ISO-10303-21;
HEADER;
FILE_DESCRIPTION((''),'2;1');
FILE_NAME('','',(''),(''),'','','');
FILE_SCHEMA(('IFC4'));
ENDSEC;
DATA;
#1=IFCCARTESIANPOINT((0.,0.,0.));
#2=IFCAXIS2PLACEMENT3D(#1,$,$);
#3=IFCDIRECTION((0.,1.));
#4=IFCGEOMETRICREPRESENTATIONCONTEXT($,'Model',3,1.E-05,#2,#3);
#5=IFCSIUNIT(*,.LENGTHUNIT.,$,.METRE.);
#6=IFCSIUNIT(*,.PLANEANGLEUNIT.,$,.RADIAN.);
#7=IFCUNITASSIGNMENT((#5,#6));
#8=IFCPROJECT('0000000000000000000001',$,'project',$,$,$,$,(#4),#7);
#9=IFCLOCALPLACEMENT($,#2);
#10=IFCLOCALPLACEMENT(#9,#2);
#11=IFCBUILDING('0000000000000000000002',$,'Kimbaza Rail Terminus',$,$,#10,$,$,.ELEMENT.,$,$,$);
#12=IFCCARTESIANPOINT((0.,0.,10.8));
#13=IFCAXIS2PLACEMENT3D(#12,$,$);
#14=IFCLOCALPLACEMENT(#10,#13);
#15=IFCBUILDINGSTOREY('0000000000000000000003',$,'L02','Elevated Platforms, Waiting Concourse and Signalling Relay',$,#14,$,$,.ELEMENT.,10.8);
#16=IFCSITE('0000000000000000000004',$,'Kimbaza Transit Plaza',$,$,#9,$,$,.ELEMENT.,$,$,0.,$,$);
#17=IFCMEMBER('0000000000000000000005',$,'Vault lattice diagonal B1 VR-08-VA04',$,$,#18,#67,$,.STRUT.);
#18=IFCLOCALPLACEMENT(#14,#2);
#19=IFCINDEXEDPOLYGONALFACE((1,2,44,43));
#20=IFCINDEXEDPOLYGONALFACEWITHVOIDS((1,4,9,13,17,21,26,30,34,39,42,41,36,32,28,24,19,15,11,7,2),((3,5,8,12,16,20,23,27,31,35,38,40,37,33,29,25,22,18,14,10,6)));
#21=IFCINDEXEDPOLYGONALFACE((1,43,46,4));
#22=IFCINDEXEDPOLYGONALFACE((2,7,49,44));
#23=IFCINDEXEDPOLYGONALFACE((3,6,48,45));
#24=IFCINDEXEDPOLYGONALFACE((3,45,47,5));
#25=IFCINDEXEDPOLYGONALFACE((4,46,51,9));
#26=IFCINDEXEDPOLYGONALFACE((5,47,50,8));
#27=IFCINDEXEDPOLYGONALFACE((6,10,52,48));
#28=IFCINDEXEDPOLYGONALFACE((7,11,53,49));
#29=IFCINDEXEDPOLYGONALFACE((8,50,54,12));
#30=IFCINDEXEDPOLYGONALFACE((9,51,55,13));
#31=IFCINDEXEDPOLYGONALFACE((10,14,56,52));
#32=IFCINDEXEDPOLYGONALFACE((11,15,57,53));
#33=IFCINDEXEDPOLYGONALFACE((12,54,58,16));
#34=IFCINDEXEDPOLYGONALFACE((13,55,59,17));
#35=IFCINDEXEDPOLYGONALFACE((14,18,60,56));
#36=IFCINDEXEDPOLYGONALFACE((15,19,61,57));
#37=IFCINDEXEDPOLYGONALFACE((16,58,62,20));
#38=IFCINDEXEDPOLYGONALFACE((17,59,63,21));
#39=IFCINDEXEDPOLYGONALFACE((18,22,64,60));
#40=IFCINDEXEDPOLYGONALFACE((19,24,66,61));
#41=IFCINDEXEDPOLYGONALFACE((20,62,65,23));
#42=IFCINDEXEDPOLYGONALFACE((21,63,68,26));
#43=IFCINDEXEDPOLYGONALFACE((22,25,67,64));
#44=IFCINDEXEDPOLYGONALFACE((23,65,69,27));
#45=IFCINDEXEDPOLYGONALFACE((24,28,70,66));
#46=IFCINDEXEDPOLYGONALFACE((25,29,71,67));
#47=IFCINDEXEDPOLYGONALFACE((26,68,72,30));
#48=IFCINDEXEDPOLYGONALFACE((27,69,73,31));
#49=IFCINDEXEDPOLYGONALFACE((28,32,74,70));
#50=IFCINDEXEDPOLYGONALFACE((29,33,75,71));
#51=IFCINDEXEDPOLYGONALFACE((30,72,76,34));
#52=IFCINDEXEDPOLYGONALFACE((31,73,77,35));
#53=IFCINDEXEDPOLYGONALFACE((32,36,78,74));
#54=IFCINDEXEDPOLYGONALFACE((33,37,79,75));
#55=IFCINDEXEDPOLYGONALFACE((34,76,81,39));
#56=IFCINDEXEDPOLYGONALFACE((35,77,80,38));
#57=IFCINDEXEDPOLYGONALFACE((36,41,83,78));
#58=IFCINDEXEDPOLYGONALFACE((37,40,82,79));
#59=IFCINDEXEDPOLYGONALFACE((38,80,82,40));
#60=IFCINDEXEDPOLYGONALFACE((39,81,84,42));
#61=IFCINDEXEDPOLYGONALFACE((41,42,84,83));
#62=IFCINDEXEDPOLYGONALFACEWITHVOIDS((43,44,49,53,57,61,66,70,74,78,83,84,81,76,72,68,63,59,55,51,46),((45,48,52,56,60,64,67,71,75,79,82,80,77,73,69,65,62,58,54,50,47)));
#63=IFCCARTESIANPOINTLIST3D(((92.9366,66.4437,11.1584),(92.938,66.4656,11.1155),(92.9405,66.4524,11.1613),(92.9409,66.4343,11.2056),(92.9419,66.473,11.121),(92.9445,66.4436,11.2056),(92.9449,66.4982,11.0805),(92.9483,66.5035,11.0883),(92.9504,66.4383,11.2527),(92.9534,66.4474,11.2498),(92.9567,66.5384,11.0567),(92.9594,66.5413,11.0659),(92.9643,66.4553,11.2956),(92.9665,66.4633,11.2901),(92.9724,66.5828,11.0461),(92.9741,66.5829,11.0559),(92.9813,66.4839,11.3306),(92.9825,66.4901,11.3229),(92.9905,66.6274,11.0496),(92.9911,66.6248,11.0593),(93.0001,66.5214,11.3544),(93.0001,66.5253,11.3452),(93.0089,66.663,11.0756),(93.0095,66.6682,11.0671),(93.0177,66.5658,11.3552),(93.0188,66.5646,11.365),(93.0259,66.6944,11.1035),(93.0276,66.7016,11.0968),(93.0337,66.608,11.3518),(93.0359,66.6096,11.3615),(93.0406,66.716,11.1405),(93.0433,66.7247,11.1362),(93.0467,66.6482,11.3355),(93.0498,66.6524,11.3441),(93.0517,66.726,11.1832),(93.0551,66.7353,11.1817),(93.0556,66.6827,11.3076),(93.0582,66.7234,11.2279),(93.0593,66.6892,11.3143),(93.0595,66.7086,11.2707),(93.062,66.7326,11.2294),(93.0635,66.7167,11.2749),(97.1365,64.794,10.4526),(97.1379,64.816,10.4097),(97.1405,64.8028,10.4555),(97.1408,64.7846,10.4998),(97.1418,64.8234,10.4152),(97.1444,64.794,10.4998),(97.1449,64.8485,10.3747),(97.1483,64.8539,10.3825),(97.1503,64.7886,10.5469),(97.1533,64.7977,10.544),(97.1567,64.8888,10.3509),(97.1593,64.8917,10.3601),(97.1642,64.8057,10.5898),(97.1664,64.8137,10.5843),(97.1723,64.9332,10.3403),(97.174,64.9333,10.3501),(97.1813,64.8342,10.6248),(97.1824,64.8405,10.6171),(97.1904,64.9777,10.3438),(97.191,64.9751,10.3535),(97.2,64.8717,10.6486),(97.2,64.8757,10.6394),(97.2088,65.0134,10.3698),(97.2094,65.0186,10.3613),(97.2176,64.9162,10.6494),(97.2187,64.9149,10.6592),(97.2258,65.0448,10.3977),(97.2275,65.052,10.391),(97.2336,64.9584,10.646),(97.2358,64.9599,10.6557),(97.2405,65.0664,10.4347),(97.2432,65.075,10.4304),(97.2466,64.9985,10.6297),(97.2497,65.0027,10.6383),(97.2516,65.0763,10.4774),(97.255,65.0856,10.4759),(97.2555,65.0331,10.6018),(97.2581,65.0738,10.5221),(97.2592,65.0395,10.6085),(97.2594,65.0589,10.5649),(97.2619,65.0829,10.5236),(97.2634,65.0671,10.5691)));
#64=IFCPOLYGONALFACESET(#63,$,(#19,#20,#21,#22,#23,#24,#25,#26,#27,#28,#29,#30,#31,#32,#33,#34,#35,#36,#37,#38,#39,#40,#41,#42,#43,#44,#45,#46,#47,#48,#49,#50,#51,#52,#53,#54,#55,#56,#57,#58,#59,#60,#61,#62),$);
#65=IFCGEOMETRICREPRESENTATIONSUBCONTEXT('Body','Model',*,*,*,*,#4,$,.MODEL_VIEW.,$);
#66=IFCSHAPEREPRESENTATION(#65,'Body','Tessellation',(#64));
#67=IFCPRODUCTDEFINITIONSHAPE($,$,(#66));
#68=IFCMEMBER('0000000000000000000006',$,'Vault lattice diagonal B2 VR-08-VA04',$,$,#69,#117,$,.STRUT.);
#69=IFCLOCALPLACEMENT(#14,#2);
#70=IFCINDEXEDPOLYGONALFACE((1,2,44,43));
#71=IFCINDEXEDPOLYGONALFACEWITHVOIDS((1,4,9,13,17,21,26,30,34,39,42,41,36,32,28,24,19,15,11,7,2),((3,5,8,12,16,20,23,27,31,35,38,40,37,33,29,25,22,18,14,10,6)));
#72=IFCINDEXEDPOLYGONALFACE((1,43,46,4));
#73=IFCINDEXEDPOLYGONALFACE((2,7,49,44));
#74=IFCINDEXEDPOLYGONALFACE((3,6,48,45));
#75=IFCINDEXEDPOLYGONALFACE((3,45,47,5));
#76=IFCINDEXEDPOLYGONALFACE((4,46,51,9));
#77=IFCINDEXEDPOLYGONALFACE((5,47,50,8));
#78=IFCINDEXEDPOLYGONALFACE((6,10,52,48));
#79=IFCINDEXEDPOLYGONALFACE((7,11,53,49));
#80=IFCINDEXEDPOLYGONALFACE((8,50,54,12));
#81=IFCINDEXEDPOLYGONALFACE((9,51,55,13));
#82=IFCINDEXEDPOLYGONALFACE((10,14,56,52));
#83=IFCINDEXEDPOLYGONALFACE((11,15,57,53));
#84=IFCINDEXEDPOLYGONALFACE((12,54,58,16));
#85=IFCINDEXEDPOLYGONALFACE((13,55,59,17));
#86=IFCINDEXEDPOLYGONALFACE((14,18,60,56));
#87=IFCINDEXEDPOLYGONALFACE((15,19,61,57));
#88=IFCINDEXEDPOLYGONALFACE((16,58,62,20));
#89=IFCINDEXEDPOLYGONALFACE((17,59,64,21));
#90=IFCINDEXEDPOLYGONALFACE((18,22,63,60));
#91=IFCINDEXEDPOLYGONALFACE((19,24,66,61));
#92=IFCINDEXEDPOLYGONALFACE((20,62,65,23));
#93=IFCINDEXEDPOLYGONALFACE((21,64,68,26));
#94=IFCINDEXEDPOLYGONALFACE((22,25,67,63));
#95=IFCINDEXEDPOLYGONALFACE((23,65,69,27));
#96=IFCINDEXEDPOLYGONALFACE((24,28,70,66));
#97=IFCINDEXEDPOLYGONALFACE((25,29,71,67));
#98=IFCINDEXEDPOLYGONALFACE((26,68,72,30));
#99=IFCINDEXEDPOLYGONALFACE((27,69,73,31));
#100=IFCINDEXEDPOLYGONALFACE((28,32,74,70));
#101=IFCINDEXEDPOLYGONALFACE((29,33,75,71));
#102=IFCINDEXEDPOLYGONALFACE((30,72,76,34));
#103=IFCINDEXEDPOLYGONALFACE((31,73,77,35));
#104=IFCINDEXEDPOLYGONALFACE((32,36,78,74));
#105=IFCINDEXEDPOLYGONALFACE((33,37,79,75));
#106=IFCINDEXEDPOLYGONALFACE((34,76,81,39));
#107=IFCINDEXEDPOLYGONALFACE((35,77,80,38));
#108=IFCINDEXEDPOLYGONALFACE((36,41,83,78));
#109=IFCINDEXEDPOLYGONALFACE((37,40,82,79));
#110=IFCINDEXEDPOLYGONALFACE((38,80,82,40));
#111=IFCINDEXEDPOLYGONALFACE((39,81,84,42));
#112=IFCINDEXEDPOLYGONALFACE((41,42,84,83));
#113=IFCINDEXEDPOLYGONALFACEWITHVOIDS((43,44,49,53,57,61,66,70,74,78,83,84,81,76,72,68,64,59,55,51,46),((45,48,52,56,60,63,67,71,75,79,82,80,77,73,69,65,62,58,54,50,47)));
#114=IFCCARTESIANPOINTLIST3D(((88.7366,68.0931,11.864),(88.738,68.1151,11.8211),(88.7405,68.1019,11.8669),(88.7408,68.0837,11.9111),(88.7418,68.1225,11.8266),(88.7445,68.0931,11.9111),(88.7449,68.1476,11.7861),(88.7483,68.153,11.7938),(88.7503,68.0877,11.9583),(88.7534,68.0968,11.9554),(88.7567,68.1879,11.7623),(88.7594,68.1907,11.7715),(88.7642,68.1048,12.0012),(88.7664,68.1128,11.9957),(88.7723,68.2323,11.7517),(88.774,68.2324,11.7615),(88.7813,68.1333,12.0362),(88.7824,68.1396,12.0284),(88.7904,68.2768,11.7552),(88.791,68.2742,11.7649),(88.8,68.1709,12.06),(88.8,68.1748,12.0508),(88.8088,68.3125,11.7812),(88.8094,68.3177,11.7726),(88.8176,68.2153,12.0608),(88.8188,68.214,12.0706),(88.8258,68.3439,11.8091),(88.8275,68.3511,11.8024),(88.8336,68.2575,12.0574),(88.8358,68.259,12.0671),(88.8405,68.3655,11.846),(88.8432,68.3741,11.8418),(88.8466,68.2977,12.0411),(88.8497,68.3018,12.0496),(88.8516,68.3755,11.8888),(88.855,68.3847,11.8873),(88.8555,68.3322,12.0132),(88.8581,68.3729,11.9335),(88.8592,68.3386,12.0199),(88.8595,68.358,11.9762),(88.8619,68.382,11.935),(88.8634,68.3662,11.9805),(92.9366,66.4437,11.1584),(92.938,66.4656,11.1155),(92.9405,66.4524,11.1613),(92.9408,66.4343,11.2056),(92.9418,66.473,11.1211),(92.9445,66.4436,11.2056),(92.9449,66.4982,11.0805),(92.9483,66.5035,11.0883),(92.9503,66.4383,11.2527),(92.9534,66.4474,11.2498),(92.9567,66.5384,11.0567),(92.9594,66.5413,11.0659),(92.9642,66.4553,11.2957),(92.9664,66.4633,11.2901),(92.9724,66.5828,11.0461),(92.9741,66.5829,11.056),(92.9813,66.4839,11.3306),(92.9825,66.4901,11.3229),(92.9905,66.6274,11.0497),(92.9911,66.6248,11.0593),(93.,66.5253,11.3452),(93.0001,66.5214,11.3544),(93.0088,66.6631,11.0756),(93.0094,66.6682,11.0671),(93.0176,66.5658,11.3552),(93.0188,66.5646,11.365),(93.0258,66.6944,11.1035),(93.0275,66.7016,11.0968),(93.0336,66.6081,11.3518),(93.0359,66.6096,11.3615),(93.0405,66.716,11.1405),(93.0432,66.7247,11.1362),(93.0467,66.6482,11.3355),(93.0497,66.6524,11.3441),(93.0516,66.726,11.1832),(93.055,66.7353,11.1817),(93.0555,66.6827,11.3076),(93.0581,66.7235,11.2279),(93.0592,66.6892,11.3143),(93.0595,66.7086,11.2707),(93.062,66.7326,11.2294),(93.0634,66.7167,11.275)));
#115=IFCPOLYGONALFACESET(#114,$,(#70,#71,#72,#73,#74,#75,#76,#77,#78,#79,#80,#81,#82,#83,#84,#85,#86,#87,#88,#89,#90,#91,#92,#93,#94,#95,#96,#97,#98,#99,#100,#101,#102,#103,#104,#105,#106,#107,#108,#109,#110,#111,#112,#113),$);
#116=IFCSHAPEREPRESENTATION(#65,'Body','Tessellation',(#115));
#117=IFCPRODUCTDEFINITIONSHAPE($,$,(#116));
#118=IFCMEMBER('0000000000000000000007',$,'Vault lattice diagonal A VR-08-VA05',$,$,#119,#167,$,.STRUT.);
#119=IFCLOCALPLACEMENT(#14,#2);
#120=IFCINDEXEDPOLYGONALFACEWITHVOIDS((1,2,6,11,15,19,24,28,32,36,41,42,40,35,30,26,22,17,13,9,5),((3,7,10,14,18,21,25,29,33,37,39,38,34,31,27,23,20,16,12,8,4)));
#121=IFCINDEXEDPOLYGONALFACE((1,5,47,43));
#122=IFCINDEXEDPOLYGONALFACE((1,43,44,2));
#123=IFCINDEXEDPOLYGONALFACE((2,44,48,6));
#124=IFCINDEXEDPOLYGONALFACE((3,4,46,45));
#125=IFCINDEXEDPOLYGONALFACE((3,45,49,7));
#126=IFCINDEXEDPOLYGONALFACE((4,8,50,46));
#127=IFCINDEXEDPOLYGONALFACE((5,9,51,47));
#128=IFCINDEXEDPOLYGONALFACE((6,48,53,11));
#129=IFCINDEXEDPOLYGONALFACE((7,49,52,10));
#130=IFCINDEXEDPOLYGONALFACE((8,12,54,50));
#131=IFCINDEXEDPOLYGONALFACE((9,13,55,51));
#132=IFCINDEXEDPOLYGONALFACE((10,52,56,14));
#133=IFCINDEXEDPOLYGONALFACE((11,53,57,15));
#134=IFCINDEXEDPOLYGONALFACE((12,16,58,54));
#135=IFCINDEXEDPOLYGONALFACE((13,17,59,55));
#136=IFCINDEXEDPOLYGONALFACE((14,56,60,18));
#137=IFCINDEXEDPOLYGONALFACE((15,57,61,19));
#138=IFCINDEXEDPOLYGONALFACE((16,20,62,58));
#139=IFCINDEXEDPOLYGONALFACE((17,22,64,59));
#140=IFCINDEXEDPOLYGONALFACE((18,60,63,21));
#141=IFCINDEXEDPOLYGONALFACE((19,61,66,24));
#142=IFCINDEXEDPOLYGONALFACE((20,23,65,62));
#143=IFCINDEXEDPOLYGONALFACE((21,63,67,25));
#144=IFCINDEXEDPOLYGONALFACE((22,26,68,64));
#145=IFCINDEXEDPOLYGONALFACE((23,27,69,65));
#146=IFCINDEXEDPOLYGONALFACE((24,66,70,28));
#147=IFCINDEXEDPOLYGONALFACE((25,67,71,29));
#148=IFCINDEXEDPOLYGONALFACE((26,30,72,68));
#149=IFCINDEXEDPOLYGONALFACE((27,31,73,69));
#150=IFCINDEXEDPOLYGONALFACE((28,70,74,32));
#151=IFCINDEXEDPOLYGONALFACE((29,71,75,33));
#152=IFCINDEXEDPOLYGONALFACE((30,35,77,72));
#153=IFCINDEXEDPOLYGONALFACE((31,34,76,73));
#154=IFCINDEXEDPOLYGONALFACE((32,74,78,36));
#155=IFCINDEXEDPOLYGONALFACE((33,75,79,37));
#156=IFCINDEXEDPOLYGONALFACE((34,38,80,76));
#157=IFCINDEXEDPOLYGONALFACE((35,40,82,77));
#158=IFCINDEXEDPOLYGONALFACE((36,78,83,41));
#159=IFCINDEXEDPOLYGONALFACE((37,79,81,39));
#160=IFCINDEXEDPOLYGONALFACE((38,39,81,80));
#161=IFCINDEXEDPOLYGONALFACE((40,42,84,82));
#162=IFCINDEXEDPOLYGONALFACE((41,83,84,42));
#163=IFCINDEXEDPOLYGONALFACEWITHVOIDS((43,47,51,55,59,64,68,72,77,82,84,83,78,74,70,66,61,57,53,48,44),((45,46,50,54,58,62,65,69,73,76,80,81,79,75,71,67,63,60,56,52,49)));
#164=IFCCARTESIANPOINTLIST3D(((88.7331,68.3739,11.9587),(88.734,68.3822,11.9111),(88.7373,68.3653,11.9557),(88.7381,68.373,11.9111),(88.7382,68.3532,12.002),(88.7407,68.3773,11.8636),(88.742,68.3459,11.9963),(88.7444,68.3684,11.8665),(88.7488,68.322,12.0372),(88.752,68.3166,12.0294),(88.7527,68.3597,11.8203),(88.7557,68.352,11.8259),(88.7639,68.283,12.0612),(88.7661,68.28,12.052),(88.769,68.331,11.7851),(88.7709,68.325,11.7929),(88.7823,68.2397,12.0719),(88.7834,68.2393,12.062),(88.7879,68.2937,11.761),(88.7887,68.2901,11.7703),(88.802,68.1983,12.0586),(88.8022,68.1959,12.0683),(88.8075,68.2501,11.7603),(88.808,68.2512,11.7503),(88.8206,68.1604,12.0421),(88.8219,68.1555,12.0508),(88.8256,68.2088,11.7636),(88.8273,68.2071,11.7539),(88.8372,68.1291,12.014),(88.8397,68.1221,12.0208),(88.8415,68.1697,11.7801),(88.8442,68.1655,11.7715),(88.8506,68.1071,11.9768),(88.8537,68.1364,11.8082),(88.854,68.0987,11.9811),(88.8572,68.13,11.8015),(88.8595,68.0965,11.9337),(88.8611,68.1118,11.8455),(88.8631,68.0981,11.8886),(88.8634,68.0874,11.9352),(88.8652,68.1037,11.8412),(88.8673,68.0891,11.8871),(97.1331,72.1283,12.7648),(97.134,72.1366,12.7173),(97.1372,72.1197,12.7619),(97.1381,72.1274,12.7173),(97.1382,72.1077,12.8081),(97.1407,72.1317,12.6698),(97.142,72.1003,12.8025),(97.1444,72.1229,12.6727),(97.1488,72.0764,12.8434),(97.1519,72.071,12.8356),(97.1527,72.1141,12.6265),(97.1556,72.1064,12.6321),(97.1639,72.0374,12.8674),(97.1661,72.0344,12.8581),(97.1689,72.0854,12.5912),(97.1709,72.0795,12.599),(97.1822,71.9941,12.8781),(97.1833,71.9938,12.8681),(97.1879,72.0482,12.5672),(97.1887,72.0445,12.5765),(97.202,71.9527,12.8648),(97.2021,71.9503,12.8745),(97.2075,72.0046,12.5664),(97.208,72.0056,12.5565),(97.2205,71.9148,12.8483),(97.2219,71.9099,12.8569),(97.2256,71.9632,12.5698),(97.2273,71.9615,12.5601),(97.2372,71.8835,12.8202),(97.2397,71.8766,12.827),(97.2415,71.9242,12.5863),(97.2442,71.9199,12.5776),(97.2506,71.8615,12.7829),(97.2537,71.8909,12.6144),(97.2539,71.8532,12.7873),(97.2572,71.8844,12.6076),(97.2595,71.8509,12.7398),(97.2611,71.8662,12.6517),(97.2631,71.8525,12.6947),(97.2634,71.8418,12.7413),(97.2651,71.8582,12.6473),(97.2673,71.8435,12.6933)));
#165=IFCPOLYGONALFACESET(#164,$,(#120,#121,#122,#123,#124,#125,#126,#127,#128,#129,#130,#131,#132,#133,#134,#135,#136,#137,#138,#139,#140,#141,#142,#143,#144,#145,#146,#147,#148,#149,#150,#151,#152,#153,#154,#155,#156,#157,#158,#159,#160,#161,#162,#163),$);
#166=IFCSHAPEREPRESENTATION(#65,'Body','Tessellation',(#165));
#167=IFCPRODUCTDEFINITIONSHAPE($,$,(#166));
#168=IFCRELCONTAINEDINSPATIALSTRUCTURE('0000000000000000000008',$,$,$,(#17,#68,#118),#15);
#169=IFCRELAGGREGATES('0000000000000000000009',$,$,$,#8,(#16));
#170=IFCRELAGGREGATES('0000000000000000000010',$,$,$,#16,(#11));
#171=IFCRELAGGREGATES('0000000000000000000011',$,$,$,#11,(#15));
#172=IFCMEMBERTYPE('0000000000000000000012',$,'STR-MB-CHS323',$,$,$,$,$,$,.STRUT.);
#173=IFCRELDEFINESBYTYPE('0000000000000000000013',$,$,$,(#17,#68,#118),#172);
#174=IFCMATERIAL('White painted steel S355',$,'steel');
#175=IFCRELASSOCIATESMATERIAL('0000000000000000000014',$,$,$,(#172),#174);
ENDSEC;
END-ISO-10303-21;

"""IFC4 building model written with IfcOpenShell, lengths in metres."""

from ifc_helpers import new_model, si_unit, direction, frame, origin, origin_2d, place, context, subcontext, project, spatial, hollow_circle, extrude, material, material_profile, profile_set, type_object, element, save


model = new_model("IFC4")

# Units and contexts
model_context = context("Model", 3, precision=1e-05, world=origin(), true_north=direction((0.0, 1.0)))
body_context = subcontext(model_context, "Body", "Model", "MODEL_VIEW")
ifc_project = project(units=[si_unit("LENGTHUNIT", "METRE"), si_unit("PLANEANGLEUNIT", "RADIAN")], contexts=[model_context])

# Site, building, storey
site_placement = place(None, origin())
site = spatial("IfcSite", under=ifc_project, at=site_placement, Name="Kimbaza Transit Plaza", CompositionType="ELEMENT", RefElevation=0.0)
building_placement = place(site_placement, origin())
building = spatial("IfcBuilding", under=site, at=building_placement, Name="Kimbaza Rail Terminus", CompositionType="ELEMENT")
storey_placement = place(building_placement, frame((0.0, 0.0, 10.8)))
storey = spatial("IfcBuildingStorey", under=building, at=storey_placement, Name="L02", Description="Elevated Platforms, Waiting Concourse and Signalling Relay", CompositionType="ELEMENT", Elevation=10.8)

# Members
ifc_material_1 = material(Name="White painted steel S355", Category="steel")
ifc_material_profile_1 = material_profile(ifc_material_1, hollow_circle(Radius=0.1619, WallThickness=0.01, at=origin_2d()), Name="CHS 323.9x10")
ifc_profile_set_1 = profile_set([ifc_material_profile_1], Name="White painted steel S355")
member_type_1 = type_object("IfcMemberType", Name="STR-MB-CHS323", PredefinedType="STRUT", material=ifc_profile_set_1)
for number, where, z_axis, x_axis, name in (
    (1, (97.2, 64.9353, 10.4998), (-0.919594, 0.361198, 0.15454), (-0.36559, -0.930776, 0.0), "Vault lattice diagonal B1 VR-08-VA04"),
    (2, (93.0, 66.585, 11.2056), (-0.919619, 0.361155, 0.15449), (-0.365544, -0.930794, 0.0), "Vault lattice diagonal B2 VR-08-VA04"),
):
    element("IfcMember", number, at=place(storey_placement, frame(where, z_axis=z_axis, x_axis=x_axis)), inside=storey, type_object=member_type_1, Name=name, PredefinedType="STRUT", context=body_context, shape_type="SweptSolid", body=[
        extrude(hollow_circle(Radius=0.1619, WallThickness=0.01, at=origin_2d()), origin(), (0.0, 0.0, 1.0), 4.5671),
    ])
member_1_placement = place(storey_placement, frame((88.8, 68.2344, 11.9111), z_axis=(0.909474, 0.406496, 0.087284), x_axis=(-0.408053, 0.912958, 0.0)))
element("IfcMember", 3, at=member_1_placement, inside=storey, type_object=member_type_1, Name="Vault lattice diagonal A VR-08-VA05", PredefinedType="STRUT", context=body_context, shape_type="SweptSolid", body=[
    extrude(hollow_circle(Radius=0.1619, WallThickness=0.01, at=origin_2d()), origin(), (0.0, 0.0, 1.0), 9.2361),
])

save(model, "model.ifc")
